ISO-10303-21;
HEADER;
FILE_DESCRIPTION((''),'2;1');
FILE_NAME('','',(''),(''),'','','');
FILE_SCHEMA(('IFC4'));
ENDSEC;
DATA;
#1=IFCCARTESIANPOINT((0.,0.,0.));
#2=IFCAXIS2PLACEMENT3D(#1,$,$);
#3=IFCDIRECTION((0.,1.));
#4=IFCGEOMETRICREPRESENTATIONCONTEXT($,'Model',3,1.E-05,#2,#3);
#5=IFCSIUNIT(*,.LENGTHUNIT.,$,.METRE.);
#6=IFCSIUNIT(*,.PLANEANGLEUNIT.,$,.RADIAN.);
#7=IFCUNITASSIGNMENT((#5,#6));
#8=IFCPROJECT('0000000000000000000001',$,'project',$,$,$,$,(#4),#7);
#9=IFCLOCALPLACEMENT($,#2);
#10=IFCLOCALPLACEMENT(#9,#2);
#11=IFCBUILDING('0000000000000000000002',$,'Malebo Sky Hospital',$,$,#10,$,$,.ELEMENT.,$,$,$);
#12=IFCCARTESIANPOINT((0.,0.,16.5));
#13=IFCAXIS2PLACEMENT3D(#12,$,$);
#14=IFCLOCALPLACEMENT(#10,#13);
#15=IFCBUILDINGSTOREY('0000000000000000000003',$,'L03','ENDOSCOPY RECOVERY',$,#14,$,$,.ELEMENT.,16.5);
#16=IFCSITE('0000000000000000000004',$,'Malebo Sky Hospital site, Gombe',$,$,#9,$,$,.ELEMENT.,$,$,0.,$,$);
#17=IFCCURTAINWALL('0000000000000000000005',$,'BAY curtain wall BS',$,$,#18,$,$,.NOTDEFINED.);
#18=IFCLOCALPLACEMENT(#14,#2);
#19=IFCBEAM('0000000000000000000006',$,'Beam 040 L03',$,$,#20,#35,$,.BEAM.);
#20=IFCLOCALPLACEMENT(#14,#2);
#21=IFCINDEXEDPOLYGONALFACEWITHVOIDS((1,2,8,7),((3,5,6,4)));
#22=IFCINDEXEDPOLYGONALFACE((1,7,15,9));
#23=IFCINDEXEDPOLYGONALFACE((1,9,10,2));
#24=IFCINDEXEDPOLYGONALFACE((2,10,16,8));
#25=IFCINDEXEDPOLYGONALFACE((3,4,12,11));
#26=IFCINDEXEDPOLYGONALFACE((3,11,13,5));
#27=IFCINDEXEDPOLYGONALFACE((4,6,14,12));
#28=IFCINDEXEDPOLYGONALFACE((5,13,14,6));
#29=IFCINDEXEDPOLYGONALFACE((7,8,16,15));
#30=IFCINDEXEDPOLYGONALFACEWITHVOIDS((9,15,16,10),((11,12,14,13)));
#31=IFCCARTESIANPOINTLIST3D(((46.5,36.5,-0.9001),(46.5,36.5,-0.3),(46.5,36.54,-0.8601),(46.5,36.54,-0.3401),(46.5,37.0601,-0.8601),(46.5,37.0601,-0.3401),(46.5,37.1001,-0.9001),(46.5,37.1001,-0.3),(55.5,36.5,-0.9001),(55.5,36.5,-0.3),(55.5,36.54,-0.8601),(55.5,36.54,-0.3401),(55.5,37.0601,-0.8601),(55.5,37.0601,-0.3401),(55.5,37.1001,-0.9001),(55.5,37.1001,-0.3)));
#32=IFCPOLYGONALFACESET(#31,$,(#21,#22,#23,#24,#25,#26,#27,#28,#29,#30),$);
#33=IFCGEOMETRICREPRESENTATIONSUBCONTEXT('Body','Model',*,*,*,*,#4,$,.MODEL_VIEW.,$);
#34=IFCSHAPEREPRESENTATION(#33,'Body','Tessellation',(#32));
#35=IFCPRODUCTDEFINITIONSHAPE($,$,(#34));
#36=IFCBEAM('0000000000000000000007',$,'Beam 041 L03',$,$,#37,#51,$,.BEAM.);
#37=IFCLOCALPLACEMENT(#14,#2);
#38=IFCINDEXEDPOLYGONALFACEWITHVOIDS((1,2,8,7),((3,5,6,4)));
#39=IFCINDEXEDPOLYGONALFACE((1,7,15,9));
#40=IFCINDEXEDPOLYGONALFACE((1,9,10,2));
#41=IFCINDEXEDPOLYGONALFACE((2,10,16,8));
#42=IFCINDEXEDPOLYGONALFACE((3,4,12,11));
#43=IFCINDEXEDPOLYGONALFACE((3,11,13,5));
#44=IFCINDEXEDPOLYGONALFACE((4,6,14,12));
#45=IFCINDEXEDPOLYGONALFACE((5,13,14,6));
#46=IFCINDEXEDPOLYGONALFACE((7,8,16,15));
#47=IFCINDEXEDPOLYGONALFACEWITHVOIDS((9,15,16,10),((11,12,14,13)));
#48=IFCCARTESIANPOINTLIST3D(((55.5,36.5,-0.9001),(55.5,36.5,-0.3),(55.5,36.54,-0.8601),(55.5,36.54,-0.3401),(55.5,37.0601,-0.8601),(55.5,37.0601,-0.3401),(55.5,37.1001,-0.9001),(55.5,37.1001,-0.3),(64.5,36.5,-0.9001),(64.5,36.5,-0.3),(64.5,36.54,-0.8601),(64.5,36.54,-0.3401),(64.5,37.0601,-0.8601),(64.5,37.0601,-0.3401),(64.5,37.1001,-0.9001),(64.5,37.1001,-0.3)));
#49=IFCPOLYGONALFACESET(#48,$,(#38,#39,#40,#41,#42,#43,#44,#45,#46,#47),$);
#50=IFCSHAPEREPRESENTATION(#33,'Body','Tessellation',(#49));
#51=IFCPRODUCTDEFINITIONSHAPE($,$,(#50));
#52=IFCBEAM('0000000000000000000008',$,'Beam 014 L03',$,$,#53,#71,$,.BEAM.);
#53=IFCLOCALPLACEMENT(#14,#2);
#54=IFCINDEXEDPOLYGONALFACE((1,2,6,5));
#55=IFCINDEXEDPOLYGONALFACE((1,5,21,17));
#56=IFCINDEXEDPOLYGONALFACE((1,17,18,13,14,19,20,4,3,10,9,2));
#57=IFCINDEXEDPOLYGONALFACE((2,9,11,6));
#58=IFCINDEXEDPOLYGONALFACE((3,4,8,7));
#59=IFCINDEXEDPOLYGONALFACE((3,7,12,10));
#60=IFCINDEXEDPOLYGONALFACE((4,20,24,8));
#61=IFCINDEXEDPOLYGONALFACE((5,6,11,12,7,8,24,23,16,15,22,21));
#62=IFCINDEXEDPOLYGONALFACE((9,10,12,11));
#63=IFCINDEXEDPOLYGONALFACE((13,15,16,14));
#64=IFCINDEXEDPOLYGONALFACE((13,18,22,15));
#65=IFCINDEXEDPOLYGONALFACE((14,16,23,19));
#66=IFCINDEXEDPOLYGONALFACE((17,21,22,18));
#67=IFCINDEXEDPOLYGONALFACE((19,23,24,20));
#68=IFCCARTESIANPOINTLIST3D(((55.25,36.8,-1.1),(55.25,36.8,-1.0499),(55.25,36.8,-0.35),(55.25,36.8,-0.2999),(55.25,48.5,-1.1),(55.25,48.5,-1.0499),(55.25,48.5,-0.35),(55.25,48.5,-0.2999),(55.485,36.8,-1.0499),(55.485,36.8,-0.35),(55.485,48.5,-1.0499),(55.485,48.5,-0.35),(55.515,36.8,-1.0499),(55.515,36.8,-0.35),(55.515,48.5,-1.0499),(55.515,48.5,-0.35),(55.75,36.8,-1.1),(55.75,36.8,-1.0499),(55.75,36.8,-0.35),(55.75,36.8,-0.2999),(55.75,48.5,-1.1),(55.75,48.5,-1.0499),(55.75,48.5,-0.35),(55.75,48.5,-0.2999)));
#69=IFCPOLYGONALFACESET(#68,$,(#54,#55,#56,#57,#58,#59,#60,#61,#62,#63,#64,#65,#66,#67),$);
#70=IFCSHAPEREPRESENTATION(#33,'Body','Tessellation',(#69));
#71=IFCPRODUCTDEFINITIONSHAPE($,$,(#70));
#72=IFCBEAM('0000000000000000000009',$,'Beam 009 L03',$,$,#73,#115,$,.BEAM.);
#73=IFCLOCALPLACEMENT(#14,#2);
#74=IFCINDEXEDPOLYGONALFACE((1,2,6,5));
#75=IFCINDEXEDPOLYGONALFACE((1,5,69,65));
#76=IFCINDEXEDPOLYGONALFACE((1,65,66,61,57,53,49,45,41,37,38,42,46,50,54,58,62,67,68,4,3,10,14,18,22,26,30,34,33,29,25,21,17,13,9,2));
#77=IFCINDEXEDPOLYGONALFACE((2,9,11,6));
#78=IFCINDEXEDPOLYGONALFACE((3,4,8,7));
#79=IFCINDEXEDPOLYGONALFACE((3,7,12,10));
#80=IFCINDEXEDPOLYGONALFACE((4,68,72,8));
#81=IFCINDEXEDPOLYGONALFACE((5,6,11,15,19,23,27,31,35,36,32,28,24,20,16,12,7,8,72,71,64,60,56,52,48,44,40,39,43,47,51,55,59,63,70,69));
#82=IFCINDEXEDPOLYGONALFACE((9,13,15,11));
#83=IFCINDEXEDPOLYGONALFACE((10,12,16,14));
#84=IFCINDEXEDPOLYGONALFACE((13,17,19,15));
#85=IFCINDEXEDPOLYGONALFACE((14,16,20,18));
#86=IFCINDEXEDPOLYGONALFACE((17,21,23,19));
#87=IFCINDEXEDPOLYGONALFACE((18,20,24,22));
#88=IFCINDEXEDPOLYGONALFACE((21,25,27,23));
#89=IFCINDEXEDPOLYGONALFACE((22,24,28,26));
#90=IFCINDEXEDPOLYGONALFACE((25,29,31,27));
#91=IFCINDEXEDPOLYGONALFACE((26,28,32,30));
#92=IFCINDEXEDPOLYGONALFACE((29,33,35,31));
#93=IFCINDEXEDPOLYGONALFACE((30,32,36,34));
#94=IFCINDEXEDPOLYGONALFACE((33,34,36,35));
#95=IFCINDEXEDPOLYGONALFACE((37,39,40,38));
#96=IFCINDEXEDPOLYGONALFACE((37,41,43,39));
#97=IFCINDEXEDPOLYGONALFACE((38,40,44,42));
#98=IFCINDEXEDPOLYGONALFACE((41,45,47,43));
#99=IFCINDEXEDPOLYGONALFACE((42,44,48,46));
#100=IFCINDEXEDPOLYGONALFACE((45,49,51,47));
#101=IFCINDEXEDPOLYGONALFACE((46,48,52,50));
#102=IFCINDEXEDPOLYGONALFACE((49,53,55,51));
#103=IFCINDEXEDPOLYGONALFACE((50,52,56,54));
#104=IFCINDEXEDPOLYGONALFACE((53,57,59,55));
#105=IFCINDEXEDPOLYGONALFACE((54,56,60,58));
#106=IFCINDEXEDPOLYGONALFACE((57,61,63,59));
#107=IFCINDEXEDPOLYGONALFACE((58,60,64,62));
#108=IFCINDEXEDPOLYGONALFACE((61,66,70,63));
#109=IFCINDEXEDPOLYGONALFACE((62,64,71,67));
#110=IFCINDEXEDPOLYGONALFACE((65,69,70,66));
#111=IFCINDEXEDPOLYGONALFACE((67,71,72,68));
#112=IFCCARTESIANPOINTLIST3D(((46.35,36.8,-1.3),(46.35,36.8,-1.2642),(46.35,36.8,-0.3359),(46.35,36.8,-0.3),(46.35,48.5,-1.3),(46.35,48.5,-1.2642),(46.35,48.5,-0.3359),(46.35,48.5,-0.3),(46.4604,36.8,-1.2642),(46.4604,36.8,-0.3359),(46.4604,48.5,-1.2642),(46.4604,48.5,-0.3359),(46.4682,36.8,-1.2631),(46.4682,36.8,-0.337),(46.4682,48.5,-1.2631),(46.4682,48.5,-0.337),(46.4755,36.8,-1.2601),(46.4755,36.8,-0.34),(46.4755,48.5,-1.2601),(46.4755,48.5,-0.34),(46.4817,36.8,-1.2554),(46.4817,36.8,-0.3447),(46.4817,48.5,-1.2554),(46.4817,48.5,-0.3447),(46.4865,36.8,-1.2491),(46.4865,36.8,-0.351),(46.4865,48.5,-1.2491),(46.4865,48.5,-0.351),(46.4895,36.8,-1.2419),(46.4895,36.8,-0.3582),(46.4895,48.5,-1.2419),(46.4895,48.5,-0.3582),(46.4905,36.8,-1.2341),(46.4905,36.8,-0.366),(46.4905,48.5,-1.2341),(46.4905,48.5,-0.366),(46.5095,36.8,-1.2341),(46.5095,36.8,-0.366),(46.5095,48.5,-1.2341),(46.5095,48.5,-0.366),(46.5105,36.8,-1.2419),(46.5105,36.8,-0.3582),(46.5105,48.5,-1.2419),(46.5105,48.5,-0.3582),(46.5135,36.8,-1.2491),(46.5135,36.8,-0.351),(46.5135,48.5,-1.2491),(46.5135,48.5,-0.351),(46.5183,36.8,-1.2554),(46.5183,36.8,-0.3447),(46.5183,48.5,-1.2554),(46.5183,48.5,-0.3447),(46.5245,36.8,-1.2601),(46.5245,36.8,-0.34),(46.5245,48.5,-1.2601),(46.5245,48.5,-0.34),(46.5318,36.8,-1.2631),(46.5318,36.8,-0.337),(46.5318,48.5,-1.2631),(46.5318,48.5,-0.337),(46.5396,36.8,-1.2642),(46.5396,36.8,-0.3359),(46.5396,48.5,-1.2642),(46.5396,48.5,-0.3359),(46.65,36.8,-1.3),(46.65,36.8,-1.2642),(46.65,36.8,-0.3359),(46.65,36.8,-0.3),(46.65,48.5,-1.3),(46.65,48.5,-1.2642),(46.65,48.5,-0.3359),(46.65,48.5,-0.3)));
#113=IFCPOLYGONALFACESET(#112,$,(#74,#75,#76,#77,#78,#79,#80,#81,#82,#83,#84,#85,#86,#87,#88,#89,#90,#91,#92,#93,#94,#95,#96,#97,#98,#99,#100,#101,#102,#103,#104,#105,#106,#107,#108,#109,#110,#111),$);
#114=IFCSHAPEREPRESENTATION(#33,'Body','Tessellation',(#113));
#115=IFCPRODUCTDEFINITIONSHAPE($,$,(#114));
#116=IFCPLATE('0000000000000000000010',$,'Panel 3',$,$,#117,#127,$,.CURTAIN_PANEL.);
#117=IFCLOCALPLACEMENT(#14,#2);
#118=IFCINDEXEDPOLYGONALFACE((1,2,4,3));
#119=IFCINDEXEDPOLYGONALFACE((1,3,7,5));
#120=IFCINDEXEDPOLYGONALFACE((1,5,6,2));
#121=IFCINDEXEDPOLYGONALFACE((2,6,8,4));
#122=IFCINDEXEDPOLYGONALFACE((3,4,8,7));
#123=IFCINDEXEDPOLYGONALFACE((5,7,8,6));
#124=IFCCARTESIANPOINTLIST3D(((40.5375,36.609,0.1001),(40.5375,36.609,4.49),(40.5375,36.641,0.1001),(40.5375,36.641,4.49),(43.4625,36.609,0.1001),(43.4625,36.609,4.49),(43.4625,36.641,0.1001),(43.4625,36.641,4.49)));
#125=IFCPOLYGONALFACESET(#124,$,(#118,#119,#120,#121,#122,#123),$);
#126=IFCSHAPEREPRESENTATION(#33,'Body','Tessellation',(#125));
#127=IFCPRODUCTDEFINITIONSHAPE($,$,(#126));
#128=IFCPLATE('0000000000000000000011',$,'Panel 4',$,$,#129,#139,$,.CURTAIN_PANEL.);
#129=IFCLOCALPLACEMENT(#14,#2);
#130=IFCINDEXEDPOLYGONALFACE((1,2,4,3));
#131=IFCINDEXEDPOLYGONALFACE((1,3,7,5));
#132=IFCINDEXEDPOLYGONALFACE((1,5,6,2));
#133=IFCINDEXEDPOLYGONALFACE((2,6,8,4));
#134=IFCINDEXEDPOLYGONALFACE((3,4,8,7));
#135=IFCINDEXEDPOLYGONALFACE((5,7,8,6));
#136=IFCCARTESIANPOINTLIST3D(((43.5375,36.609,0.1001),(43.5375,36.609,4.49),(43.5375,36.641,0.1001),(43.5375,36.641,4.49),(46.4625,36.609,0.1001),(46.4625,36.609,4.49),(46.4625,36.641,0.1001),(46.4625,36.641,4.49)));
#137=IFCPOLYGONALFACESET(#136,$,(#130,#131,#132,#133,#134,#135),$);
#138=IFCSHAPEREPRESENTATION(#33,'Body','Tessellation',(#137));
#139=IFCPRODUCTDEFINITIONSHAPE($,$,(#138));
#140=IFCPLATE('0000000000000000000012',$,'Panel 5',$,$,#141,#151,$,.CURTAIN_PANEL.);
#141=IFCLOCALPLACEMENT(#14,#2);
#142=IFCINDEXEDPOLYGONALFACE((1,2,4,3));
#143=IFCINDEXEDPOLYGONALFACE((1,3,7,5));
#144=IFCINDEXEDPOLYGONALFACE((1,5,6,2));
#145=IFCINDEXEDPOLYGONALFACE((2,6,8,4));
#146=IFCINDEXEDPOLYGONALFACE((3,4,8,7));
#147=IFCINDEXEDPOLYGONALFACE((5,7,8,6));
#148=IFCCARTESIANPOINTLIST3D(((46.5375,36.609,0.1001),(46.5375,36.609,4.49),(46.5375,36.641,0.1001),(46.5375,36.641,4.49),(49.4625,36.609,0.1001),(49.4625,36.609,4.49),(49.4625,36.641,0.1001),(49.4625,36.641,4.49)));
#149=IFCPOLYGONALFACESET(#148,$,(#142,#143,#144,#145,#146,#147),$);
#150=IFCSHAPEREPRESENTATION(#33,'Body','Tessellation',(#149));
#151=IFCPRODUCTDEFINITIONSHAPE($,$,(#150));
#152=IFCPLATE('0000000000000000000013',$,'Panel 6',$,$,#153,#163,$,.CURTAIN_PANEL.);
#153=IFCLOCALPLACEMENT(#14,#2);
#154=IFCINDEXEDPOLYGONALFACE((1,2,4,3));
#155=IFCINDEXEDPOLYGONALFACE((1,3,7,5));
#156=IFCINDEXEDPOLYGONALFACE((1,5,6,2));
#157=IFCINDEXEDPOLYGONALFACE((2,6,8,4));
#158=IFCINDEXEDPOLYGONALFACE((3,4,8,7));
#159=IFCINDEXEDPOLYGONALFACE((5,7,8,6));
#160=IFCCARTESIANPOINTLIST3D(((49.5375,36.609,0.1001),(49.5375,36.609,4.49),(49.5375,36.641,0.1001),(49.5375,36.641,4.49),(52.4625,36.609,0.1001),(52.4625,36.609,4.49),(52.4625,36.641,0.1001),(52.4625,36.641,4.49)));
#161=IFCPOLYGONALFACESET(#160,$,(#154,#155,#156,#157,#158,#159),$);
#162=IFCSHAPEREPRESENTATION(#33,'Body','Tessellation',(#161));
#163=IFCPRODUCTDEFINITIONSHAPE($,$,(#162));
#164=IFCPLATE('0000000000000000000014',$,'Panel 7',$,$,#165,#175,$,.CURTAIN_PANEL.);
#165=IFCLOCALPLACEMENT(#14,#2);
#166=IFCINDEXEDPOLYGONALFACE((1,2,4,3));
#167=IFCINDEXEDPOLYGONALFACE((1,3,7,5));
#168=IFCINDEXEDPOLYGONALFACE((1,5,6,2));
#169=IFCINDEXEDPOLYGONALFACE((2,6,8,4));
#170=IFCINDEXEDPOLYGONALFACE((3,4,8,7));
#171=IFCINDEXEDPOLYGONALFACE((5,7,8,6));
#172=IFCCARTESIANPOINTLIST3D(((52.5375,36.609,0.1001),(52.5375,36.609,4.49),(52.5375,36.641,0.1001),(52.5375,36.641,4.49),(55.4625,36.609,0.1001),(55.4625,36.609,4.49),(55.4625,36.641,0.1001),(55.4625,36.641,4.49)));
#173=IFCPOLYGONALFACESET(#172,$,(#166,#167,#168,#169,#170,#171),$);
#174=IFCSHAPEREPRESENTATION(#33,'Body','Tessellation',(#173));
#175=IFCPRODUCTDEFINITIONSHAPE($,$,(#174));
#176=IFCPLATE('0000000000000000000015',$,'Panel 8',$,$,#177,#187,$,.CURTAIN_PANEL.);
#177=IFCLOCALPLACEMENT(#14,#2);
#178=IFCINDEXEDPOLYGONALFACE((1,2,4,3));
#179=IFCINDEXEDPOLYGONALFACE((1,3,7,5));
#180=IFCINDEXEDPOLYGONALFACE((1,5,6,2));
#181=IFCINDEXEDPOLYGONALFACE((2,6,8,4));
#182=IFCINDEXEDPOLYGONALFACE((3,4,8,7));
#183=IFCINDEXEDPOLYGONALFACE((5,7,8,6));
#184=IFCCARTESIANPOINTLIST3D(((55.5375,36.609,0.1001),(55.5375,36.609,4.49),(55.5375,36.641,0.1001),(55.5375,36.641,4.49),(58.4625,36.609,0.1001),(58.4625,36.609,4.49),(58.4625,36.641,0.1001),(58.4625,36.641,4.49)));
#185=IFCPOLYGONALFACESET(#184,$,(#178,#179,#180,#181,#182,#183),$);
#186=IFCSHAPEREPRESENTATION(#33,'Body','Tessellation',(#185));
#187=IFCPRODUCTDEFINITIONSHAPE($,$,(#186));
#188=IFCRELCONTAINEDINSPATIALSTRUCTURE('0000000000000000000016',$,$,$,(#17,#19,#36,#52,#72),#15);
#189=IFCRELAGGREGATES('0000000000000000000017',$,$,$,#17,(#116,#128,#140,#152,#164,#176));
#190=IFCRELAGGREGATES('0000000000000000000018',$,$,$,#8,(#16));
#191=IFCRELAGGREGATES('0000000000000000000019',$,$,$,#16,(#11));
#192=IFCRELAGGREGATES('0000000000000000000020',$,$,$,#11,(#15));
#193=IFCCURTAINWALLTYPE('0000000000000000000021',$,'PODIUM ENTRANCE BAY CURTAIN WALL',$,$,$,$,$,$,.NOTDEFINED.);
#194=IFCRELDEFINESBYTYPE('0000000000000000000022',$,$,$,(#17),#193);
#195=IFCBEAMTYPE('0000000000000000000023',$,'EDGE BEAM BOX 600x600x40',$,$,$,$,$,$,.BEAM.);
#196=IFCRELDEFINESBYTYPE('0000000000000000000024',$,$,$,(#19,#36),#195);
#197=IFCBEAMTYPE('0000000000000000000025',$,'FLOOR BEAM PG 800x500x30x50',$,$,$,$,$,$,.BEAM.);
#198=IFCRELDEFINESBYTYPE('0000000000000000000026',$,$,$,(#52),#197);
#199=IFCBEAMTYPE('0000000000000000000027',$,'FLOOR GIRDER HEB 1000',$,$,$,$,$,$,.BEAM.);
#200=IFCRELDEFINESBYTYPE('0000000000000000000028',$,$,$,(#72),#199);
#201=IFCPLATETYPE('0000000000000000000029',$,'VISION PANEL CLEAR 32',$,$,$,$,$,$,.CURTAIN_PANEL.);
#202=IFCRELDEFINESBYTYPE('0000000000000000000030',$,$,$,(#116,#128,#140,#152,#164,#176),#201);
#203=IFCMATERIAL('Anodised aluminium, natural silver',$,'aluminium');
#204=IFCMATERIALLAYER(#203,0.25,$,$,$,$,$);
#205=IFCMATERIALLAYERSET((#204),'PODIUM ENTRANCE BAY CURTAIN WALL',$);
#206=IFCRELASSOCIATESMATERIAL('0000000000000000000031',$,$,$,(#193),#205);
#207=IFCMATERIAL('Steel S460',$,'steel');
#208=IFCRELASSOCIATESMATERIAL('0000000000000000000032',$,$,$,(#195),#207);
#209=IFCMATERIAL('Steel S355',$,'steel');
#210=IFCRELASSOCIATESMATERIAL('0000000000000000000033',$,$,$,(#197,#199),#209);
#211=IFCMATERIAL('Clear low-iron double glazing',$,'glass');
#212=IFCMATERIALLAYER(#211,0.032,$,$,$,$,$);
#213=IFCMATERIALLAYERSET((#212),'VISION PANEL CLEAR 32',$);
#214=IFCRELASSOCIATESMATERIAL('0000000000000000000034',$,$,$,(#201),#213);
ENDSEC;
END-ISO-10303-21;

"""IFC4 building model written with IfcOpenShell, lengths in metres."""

from ifc_helpers import new_model, si_unit, direction, frame, origin, origin_2d, place, context, subcontext, project, spatial, rectangle, hollow_rectangle, i_section, extrude, material, layer, layer_set, material_profile, profile_set, type_object, element, aggregate, save


model = new_model("IFC4")

# Units and contexts
model_context = context("Model", 3, precision=1e-05, world=origin(), true_north=direction((0.0, 1.0)))
body_context = subcontext(model_context, "Body", "Model", "MODEL_VIEW")
ifc_project = project(units=[si_unit("LENGTHUNIT", "METRE"), si_unit("PLANEANGLEUNIT", "RADIAN")], contexts=[model_context])

# Site, building, storey
site_placement = place(None, origin())
site = spatial("IfcSite", under=ifc_project, at=site_placement, Name="Malebo Sky Hospital site, Gombe", CompositionType="ELEMENT", RefElevation=0.0)
building_placement = place(site_placement, origin())
building = spatial("IfcBuilding", under=site, at=building_placement, Name="Malebo Sky Hospital", CompositionType="ELEMENT")
storey_placement = place(building_placement, frame((0.0, 0.0, 16.5)))
storey = spatial("IfcBuildingStorey", under=building, at=storey_placement, Name="L03", Description="ENDOSCOPY RECOVERY", CompositionType="ELEMENT", Elevation=16.5)

# Shared definitions
ifc_material_1 = material(Name="Steel S460", Category="steel")

# Curtain wall
ifc_material_2 = material(Name="Anodised aluminium, natural silver", Category="aluminium")
ifc_layer_1 = layer(ifc_material_2, 0.25)
ifc_layer_set_1 = layer_set([ifc_layer_1], Name="PODIUM ENTRANCE BAY CURTAIN WALL")
curtain_wall_type = type_object("IfcCurtainWallType", Name="PODIUM ENTRANCE BAY CURTAIN WALL", PredefinedType="NOTDEFINED", material=ifc_layer_set_1)
curtain_wall_placement = place(storey_placement, origin())
curtain_wall = element("IfcCurtainWall", 1, at=curtain_wall_placement, inside=storey, type_object=curtain_wall_type, Name="BAY curtain wall BS", PredefinedType="NOTDEFINED")

# Beams
ifc_material_profile_1 = material_profile(ifc_material_1, hollow_rectangle(XDim=0.6001, YDim=0.6001, WallThickness=0.04, at=origin_2d()), Name="BOX 600x600x40")
ifc_profile_set_1 = profile_set([ifc_material_profile_1], Name="Steel S460")
beam_type_1 = type_object("IfcBeamType", Name="EDGE BEAM BOX 600x600x40", PredefinedType="BEAM", material=ifc_profile_set_1)
for number, where, z_axis, x_axis, name in (
    (2, (46.5, 36.8, -0.6001), (1.0, 0.0, 0.0), (0.0, 1.0, 0.0), "Beam 040 L03"),
    (3, (55.5, 36.8, -0.6001), (1.0, 0.0, 0.0), (0.0, 1.0, 0.0), "Beam 041 L03"),
):
    element("IfcBeam", number, at=place(storey_placement, frame(where, z_axis=z_axis, x_axis=x_axis)), inside=storey, type_object=beam_type_1, Name=name, PredefinedType="BEAM", context=body_context, shape_type="SweptSolid", body=[
        extrude(hollow_rectangle(XDim=0.6001, YDim=0.6001, WallThickness=0.04, at=origin_2d()), origin(), (0.0, 0.0, 1.0), 9.0),
    ])
ifc_material_3 = material(Name="Steel S355", Category="steel")
ifc_material_profile_2 = material_profile(ifc_material_3, i_section(OverallWidth=0.5, OverallDepth=0.8, WebThickness=0.03, FlangeThickness=0.05, at=origin_2d()), Name="PG 800x500x30x50")
ifc_profile_set_2 = profile_set([ifc_material_profile_2], Name="Steel S355")
beam_type_2 = type_object("IfcBeamType", Name="FLOOR BEAM PG 800x500x30x50", PredefinedType="BEAM", material=ifc_profile_set_2)
beam_1_placement = place(storey_placement, frame((55.5, 36.8, -0.7), z_axis=(0.0, 1.0, 0.0), x_axis=(-1.0, 0.0, 0.0)))
element("IfcBeam", 4, at=beam_1_placement, inside=storey, type_object=beam_type_2, Name="Beam 014 L03", PredefinedType="BEAM", context=body_context, shape_type="SweptSolid", body=[
    extrude(i_section(OverallWidth=0.5, OverallDepth=0.8, WebThickness=0.03, FlangeThickness=0.05, at=origin_2d()), origin(), (0.0, 0.0, 1.0), 11.7),
])
ifc_material_profile_3 = material_profile(ifc_material_3, i_section(OverallWidth=0.3, OverallDepth=1.0, WebThickness=0.019, FlangeThickness=0.0359, FilletRadius=0.03, at=origin_2d()), Name="HEB 1000")
ifc_profile_set_3 = profile_set([ifc_material_profile_3], Name="Steel S355")
beam_type_3 = type_object("IfcBeamType", Name="FLOOR GIRDER HEB 1000", PredefinedType="BEAM", material=ifc_profile_set_3)
beam_2_placement = place(storey_placement, frame((46.5, 36.8, -0.8), z_axis=(0.0, 1.0, 0.0), x_axis=(-1.0, 0.0, 0.0)))
element("IfcBeam", 5, at=beam_2_placement, inside=storey, type_object=beam_type_3, Name="Beam 009 L03", PredefinedType="BEAM", context=body_context, shape_type="SweptSolid", body=[
    extrude(i_section(OverallWidth=0.3, OverallDepth=1.0, WebThickness=0.019, FlangeThickness=0.0359, FilletRadius=0.03, at=origin_2d()), origin(), (0.0, 0.0, 1.0), 11.7),
])

# Plates
ifc_material_4 = material(Name="Clear low-iron double glazing", Category="glass")
ifc_layer_2 = layer(ifc_material_4, 0.032)
ifc_layer_set_2 = layer_set([ifc_layer_2], Name="VISION PANEL CLEAR 32")
plate_type = type_object("IfcPlateType", Name="VISION PANEL CLEAR 32", PredefinedType="CURTAIN_PANEL", material=ifc_layer_set_2)
plate_1_placement = place(storey_placement, frame((42.0, 36.625, 0.1001), z_axis=(0.0, 0.0, 1.0), x_axis=(1.0, 0.0, 0.0)))
plate_1 = element("IfcPlate", 6, at=plate_1_placement, type_object=plate_type, Name="Panel 3", PredefinedType="CURTAIN_PANEL", context=body_context, shape_type="SweptSolid", body=[
    extrude(rectangle(XDim=2.925, YDim=0.032, at=origin_2d()), origin(), (0.0, 0.0, 1.0), 4.3899),
])
plate_2_placement = place(storey_placement, frame((45.0, 36.625, 0.1001), z_axis=(0.0, 0.0, 1.0), x_axis=(1.0, 0.0, 0.0)))
plate_2 = element("IfcPlate", 7, at=plate_2_placement, type_object=plate_type, Name="Panel 4", PredefinedType="CURTAIN_PANEL", context=body_context, shape_type="SweptSolid", body=[
    extrude(rectangle(XDim=2.925, YDim=0.032, at=origin_2d()), origin(), (0.0, 0.0, 1.0), 4.3899),
])
plate_3_placement = place(storey_placement, frame((48.0, 36.625, 0.1001), z_axis=(0.0, 0.0, 1.0), x_axis=(1.0, 0.0, 0.0)))
plate_3 = element("IfcPlate", 8, at=plate_3_placement, type_object=plate_type, Name="Panel 5", PredefinedType="CURTAIN_PANEL", context=body_context, shape_type="SweptSolid", body=[
    extrude(rectangle(XDim=2.925, YDim=0.032, at=origin_2d()), origin(), (0.0, 0.0, 1.0), 4.3899),
])
plate_4_placement = place(storey_placement, frame((51.0, 36.625, 0.1001), z_axis=(0.0, 0.0, 1.0), x_axis=(1.0, 0.0, 0.0)))
plate_4 = element("IfcPlate", 9, at=plate_4_placement, type_object=plate_type, Name="Panel 6", PredefinedType="CURTAIN_PANEL", context=body_context, shape_type="SweptSolid", body=[
    extrude(rectangle(XDim=2.925, YDim=0.032, at=origin_2d()), origin(), (0.0, 0.0, 1.0), 4.3899),
])
plate_5_placement = place(storey_placement, frame((54.0, 36.625, 0.1001), z_axis=(0.0, 0.0, 1.0), x_axis=(1.0, 0.0, 0.0)))
plate_5 = element("IfcPlate", 10, at=plate_5_placement, type_object=plate_type, Name="Panel 7", PredefinedType="CURTAIN_PANEL", context=body_context, shape_type="SweptSolid", body=[
    extrude(rectangle(XDim=2.925, YDim=0.032, at=origin_2d()), origin(), (0.0, 0.0, 1.0), 4.3899),
])
plate_6_placement = place(storey_placement, frame((57.0, 36.625, 0.1001), z_axis=(0.0, 0.0, 1.0), x_axis=(1.0, 0.0, 0.0)))
plate_6 = element("IfcPlate", 11, at=plate_6_placement, type_object=plate_type, Name="Panel 8", PredefinedType="CURTAIN_PANEL", context=body_context, shape_type="SweptSolid", body=[
    extrude(rectangle(XDim=2.925, YDim=0.032, at=origin_2d()), origin(), (0.0, 0.0, 1.0), 4.3899),
])
aggregate(curtain_wall, [plate_1, plate_2, plate_3, plate_4, plate_5, plate_6])

save(model, "model.ifc")
